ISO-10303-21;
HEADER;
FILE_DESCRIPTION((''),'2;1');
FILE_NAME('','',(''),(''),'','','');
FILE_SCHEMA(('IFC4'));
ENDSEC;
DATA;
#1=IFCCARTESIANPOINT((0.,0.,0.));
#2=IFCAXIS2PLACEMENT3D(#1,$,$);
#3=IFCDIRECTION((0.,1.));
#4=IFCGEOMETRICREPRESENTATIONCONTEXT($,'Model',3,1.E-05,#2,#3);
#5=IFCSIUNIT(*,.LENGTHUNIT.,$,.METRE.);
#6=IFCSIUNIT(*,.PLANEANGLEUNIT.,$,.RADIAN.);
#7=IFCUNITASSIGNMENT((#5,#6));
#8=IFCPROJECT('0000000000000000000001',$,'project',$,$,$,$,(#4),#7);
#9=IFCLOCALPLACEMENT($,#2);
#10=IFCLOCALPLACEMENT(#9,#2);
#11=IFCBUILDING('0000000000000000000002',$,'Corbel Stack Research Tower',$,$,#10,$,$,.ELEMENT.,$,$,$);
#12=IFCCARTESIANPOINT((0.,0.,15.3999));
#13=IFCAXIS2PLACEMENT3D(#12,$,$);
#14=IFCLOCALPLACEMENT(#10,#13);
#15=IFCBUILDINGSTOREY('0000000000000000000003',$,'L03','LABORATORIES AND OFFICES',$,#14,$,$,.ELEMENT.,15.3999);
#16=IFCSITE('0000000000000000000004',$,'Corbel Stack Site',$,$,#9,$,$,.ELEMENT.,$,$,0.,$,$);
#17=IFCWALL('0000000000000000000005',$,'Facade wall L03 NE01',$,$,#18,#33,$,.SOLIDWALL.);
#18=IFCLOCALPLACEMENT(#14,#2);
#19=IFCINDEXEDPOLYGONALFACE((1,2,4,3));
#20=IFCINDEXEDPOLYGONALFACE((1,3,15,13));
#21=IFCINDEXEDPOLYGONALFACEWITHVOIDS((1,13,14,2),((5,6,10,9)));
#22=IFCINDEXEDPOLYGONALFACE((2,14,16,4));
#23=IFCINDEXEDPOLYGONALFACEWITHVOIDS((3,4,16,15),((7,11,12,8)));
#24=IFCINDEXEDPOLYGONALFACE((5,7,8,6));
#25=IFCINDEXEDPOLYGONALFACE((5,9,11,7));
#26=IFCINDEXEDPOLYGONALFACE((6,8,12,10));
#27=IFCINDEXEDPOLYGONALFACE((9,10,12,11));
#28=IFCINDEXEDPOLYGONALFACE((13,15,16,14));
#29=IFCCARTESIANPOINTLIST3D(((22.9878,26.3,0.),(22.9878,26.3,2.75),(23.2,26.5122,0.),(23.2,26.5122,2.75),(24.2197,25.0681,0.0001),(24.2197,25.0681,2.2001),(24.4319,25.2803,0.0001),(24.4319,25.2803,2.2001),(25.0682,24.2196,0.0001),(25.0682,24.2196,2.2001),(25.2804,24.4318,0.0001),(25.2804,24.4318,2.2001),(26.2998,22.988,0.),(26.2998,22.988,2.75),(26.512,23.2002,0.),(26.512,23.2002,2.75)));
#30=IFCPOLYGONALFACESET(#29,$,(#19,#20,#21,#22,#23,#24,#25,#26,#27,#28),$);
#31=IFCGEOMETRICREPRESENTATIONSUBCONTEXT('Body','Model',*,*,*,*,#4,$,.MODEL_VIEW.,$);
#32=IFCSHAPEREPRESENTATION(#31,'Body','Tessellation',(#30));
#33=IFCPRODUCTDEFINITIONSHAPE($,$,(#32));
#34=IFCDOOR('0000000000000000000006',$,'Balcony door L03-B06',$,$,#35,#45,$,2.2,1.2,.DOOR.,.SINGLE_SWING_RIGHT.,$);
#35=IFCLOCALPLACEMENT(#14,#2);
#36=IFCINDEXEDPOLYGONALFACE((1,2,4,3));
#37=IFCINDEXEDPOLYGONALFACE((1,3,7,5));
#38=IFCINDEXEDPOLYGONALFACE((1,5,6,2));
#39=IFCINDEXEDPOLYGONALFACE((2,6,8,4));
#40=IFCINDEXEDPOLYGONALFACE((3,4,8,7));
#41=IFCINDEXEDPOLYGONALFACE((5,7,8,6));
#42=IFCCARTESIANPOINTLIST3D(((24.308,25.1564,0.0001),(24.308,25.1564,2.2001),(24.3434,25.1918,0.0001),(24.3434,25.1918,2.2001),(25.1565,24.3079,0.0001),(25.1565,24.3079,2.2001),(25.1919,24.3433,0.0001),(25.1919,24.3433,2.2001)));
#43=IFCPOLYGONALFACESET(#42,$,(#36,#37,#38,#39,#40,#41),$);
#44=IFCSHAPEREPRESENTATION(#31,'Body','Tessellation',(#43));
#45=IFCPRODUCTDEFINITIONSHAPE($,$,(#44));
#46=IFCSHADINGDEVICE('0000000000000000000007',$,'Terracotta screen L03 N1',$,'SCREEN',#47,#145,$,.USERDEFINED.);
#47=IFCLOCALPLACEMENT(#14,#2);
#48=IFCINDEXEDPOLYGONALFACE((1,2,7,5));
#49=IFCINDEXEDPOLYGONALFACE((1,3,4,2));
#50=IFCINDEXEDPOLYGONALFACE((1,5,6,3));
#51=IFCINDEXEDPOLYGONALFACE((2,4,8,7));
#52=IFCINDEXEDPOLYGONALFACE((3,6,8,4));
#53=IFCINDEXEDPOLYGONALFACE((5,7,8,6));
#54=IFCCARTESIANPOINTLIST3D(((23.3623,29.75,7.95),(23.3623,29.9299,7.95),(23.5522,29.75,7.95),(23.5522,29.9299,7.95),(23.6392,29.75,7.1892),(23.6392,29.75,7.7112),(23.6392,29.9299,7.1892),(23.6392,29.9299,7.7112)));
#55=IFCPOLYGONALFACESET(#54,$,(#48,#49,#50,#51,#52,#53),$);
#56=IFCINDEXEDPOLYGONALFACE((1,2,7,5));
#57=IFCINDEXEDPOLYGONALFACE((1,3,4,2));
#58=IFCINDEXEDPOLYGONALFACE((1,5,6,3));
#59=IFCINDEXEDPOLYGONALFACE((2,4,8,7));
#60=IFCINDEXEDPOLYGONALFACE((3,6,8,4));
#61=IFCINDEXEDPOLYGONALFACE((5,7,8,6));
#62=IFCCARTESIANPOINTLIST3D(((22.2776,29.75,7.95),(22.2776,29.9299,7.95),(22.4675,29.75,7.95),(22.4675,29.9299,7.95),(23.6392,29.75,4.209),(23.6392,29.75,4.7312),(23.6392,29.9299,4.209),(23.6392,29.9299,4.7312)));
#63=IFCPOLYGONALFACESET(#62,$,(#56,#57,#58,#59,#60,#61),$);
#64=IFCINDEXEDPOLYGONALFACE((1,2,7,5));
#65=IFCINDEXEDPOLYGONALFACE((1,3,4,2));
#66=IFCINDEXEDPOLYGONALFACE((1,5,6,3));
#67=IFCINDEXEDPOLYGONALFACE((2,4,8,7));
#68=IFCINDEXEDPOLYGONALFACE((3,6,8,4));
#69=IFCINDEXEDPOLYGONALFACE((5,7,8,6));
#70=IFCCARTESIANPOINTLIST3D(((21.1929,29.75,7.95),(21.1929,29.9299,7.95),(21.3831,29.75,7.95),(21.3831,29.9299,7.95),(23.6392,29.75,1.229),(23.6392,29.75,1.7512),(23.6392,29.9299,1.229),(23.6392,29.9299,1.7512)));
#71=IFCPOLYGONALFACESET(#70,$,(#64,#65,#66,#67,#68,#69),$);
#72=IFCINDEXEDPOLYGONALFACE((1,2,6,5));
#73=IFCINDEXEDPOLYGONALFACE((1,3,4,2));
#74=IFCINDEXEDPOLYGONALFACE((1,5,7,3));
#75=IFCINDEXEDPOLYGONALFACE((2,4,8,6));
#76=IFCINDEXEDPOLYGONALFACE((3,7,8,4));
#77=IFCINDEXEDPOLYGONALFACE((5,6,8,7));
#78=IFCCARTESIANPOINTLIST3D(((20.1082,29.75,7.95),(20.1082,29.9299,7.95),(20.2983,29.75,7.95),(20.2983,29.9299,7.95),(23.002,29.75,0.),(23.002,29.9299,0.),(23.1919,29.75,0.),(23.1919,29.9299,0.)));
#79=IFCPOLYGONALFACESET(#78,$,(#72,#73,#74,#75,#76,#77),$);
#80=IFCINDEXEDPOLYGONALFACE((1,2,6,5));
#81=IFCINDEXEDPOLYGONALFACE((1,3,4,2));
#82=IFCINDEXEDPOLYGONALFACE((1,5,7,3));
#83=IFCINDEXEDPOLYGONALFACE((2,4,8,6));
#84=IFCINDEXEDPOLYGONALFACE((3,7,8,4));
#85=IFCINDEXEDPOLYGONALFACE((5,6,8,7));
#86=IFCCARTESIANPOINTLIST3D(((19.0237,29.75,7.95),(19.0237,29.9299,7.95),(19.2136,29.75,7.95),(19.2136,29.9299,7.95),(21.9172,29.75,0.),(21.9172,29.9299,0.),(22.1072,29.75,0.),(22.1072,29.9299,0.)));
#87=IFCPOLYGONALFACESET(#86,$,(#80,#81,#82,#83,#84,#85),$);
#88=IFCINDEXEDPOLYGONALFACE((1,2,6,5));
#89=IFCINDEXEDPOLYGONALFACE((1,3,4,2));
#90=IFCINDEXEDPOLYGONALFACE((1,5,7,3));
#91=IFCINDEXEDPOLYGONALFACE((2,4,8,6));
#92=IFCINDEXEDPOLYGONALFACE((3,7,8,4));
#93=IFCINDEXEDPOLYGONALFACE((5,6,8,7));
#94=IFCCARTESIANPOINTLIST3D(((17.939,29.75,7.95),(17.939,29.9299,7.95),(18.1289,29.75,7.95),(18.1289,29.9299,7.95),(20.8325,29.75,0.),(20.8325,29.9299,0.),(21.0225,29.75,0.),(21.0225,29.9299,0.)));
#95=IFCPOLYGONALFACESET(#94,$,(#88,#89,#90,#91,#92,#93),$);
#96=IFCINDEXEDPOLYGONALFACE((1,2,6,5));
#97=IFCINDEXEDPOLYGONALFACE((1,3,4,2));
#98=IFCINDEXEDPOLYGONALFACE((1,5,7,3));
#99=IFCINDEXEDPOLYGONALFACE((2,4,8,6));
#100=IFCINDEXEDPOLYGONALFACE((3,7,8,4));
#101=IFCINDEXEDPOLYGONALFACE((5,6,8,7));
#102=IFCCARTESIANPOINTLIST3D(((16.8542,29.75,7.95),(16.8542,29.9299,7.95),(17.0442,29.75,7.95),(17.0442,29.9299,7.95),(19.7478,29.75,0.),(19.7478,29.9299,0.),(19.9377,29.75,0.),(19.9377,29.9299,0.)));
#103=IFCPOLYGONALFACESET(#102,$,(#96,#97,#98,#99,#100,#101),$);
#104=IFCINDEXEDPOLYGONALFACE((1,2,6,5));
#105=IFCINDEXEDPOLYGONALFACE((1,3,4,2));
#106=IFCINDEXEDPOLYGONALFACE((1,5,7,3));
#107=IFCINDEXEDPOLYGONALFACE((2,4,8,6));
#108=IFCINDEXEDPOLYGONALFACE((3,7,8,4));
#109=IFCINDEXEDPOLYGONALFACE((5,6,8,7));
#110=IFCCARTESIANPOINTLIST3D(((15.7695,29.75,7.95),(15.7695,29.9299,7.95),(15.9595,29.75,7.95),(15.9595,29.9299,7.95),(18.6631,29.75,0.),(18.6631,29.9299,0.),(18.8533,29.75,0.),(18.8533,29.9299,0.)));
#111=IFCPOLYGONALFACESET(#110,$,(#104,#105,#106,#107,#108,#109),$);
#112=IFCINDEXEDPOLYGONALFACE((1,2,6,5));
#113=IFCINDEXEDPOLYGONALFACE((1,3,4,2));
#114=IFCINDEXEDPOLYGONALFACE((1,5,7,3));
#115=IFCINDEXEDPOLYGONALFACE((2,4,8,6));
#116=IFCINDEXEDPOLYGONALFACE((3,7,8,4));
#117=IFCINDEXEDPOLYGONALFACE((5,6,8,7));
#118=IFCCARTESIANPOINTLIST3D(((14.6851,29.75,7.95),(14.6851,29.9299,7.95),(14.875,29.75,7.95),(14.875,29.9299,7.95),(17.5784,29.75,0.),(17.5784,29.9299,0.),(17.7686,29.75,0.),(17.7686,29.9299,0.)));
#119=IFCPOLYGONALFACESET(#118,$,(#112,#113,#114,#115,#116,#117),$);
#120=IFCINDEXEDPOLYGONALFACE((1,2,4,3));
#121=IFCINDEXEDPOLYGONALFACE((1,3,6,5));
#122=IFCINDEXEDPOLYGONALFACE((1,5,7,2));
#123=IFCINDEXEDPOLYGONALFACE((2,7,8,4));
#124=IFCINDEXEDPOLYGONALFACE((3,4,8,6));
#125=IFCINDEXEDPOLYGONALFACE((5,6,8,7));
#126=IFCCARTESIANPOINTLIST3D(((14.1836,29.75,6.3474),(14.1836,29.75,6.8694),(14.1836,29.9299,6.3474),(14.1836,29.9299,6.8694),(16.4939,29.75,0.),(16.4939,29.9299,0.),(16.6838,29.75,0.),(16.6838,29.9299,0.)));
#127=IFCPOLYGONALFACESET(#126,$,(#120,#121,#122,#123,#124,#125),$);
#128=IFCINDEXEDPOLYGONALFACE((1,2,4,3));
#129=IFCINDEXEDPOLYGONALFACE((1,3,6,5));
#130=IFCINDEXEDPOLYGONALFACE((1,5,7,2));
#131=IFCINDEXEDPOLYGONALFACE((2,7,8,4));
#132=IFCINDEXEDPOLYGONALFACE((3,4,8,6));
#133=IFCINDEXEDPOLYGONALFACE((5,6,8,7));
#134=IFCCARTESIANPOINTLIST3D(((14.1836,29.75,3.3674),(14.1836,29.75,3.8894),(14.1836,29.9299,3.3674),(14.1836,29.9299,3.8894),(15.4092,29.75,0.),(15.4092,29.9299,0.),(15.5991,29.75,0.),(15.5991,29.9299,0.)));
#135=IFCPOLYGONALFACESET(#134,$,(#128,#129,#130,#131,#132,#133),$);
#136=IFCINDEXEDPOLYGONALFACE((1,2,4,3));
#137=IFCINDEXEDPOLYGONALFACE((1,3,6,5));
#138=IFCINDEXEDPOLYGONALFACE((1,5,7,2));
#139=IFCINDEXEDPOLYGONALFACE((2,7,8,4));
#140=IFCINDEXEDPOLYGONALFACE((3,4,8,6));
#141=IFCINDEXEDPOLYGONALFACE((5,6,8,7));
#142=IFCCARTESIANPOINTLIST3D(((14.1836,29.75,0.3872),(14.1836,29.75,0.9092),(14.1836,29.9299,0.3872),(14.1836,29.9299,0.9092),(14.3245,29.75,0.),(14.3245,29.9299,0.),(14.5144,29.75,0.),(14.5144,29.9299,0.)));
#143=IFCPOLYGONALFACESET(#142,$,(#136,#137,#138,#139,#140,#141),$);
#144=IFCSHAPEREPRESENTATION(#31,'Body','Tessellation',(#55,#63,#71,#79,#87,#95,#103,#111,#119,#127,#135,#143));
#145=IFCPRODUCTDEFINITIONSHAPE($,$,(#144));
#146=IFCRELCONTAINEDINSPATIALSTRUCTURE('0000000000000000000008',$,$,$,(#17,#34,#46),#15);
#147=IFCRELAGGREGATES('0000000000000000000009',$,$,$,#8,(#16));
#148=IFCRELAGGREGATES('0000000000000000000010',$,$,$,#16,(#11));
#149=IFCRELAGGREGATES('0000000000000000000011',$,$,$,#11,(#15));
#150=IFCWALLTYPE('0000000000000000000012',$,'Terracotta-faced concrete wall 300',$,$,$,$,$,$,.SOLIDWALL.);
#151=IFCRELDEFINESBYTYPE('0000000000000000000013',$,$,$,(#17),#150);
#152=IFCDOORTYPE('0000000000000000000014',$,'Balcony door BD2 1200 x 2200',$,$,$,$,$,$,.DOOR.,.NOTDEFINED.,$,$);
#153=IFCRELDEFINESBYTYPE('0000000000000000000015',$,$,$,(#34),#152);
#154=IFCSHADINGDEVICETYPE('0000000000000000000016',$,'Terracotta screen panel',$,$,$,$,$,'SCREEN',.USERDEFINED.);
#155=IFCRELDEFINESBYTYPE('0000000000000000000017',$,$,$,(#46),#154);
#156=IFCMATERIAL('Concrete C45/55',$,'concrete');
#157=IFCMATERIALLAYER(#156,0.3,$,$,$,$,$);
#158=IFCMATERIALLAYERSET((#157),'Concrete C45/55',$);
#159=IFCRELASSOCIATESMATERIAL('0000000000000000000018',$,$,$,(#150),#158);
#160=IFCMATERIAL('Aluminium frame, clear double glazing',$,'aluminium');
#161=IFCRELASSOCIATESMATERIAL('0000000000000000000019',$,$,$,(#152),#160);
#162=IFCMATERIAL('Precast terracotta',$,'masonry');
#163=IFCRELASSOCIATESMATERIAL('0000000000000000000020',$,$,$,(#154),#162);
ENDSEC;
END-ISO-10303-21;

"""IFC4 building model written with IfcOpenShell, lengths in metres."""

from ifc_helpers import new_model, si_unit, direction, frame, frame_2d, origin, place, context, subcontext, project, spatial, polyline, rectangle, outline, extrude, source, transform, mapped, material, layer, layer_set, type_object, element, fill, save


model = new_model("IFC4")

# Units and contexts
model_context = context("Model", 3, precision=1e-05, world=origin(), true_north=direction((0.0, 1.0)))
body_context = subcontext(model_context, "Body", "Model", "MODEL_VIEW")
ifc_project = project(units=[si_unit("LENGTHUNIT", "METRE"), si_unit("PLANEANGLEUNIT", "RADIAN")], contexts=[model_context])

# Site, building, storey
site_placement = place(None, origin())
site = spatial("IfcSite", under=ifc_project, at=site_placement, Name="Corbel Stack Site", CompositionType="ELEMENT", RefElevation=0.0)
building_placement = place(site_placement, origin())
building = spatial("IfcBuilding", under=site, at=building_placement, Name="Corbel Stack Research Tower", CompositionType="ELEMENT")
storey_placement = place(building_placement, frame((0.0, 0.0, 15.3999)))
storey = spatial("IfcBuildingStorey", under=building, at=storey_placement, Name="L03", Description="LABORATORIES AND OFFICES", CompositionType="ELEMENT", Elevation=15.3999)

# Shared definitions
ifc_material_1 = material(Name="Concrete C45/55", Category="concrete")
ifc_layer_1 = layer(ifc_material_1, 0.3)
ifc_layer_set_1 = layer_set([ifc_layer_1], Name="Concrete C45/55")
wall_type_1 = type_object("IfcWallType", Name="Terracotta-faced concrete wall 300", PredefinedType="SOLIDWALL", material=ifc_layer_set_1)

# Wall, opening, door
wall_1_placement = place(storey_placement, frame((23.094, 26.406, 0.0), z_axis=(0.0, 0.0, 1.0), x_axis=(0.707107, -0.707107, 0.0)))
wall_1 = element("IfcWall", 1, at=wall_1_placement, inside=storey, type_object=wall_type_1, Name="Facade wall L03 NE01", PredefinedType="SOLIDWALL", context=body_context, shape_type="SweptSolid", body=[
    extrude(rectangle(XDim=4.6838, YDim=0.3, at=frame_2d((2.3418, 0.0))), origin(), (0.0, 0.0, 1.0), 2.75),
])
opening_1_placement = place(wall_1_placement, frame((1.7419, 0.0, 0.0)))
opening_1 = element("IfcOpeningElement", 2, at=opening_1_placement, cuts=wall_1, PredefinedType="OPENING", context=body_context, shape_type="SweptSolid", body=[
    extrude(rectangle(XDim=1.2, YDim=2.2, at=frame_2d((0.6001, 1.1001))), frame((0.0, 0.1599, 0.0), z_axis=(0.0, -1.0, 0.0), x_axis=(1.0, 0.0, 0.0)), (0.0, 0.0, 1.0), 0.3201),
])
ifc_material_2 = material(Name="Aluminium frame, clear double glazing", Category="aluminium")
door_type_1 = type_object("IfcDoorType", Name="Balcony door BD2 1200 x 2200", OperationType="NOTDEFINED", PredefinedType="DOOR", material=ifc_material_2)
door_1_placement = place(opening_1_placement, origin())
door_1 = element("IfcDoor", 3, at=door_1_placement, inside=storey, type_object=door_type_1, Name="Balcony door L03-B06", OperationType="SINGLE_SWING_RIGHT", OverallHeight=2.2, OverallWidth=1.2, PredefinedType="DOOR", context=body_context, shape_type="SweptSolid", body=[
    extrude(rectangle(XDim=1.2, YDim=2.2, at=frame_2d((0.6001, 1.1001))), frame((0.0, 0.0249, 0.0), z_axis=(0.0, -1.0, 0.0), x_axis=(1.0, 0.0, 0.0)), (0.0, 0.0, 1.0), 0.05),
])
fill(opening_1, door_1)

# Shading device
ifc_material_3 = material(Name="Precast terracotta", Category="masonry")
shading_device_type = type_object("IfcShadingDeviceType", Name="Terracotta screen panel", ElementType="SCREEN", PredefinedType="USERDEFINED", material=ifc_material_3)
shared_shape_1 = source(origin(), body_context, "Body", "SweptSolid", [
    extrude(outline(polyline([(0.2769, 7.95), (0.0869, 7.95), (0.0, 7.7112), (0.0, 7.1892), (0.2769, 7.95)])), frame((0.0, 0.0, 0.0), z_axis=(0.0, -1.0, 0.0), x_axis=(1.0, 0.0, 0.0)), (0.0, 0.0, 1.0), 0.1799),
    extrude(outline(polyline([(1.3616, 7.95), (1.1716, 7.95), (0.0, 4.7312), (0.0, 4.209), (1.3616, 7.95)])), frame((0.0, 0.0, 0.0), z_axis=(0.0, -1.0, 0.0), x_axis=(1.0, 0.0, 0.0)), (0.0, 0.0, 1.0), 0.1799),
    extrude(outline(polyline([(2.4463, 7.95), (2.2561, 7.95), (0.0, 1.7512), (0.0, 1.229), (2.4463, 7.95)])), frame((0.0, 0.0, 0.0), z_axis=(0.0, -1.0, 0.0), x_axis=(1.0, 0.0, 0.0)), (0.0, 0.0, 1.0), 0.1799),
    extrude(outline(polyline([(0.6372, 0.0), (3.531, 7.95), (3.3408, 7.95), (0.4473, 0.0), (0.6372, 0.0)])), frame((0.0, 0.0, 0.0), z_axis=(0.0, -1.0, 0.0), x_axis=(1.0, 0.0, 0.0)), (0.0, 0.0, 1.0), 0.1799),
    extrude(outline(polyline([(1.7219, 0.0), (4.6155, 7.95), (4.4255, 7.95), (1.532, 0.0), (1.7219, 0.0)])), frame((0.0, 0.0, 0.0), z_axis=(0.0, -1.0, 0.0), x_axis=(1.0, 0.0, 0.0)), (0.0, 0.0, 1.0), 0.1799),
    extrude(outline(polyline([(2.8066, 0.0), (5.7002, 7.95), (5.5103, 7.95), (2.6167, 0.0), (2.8066, 0.0)])), frame((0.0, 0.0, 0.0), z_axis=(0.0, -1.0, 0.0), x_axis=(1.0, 0.0, 0.0)), (0.0, 0.0, 1.0), 0.1799),
    extrude(outline(polyline([(3.8914, 0.0), (6.7849, 7.95), (6.595, 7.95), (3.7014, 0.0), (3.8914, 0.0)])), frame((0.0, 0.0, 0.0), z_axis=(0.0, -1.0, 0.0), x_axis=(1.0, 0.0, 0.0)), (0.0, 0.0, 1.0), 0.1799),
    extrude(outline(polyline([(4.9761, 0.0), (7.8696, 7.95), (7.6797, 7.95), (4.7859, 0.0), (4.9761, 0.0)])), frame((0.0, 0.0, 0.0), z_axis=(0.0, -1.0, 0.0), x_axis=(1.0, 0.0, 0.0)), (0.0, 0.0, 1.0), 0.1799),
    extrude(outline(polyline([(6.0608, 0.0), (8.9541, 7.95), (8.7642, 7.95), (5.8706, 0.0), (6.0608, 0.0)])), frame((0.0, 0.0, 0.0), z_axis=(0.0, -1.0, 0.0), x_axis=(1.0, 0.0, 0.0)), (0.0, 0.0, 1.0), 0.1799),
    extrude(outline(polyline([(7.1453, 0.0), (9.4556, 6.3474), (9.4556, 6.8694), (6.9553, 0.0), (7.1453, 0.0)])), frame((0.0, 0.0, 0.0), z_axis=(0.0, -1.0, 0.0), x_axis=(1.0, 0.0, 0.0)), (0.0, 0.0, 1.0), 0.1799),
    extrude(outline(polyline([(8.23, 0.0), (9.4556, 3.3674), (9.4556, 3.8894), (8.04, 0.0), (8.23, 0.0)])), frame((0.0, 0.0, 0.0), z_axis=(0.0, -1.0, 0.0), x_axis=(1.0, 0.0, 0.0)), (0.0, 0.0, 1.0), 0.1799),
    extrude(outline(polyline([(9.3147, 0.0), (9.4556, 0.3872), (9.4556, 0.9092), (9.1248, 0.0), (9.3147, 0.0)])), frame((0.0, 0.0, 0.0), z_axis=(0.0, -1.0, 0.0), x_axis=(1.0, 0.0, 0.0)), (0.0, 0.0, 1.0), 0.1799),
])
shading_device_1_placement = place(storey_placement, frame((23.6392, 29.75, 0.0), z_axis=(0.0, 0.0, 1.0), x_axis=(-1.0, 0.0, 0.0)))
element("IfcShadingDevice", 4, at=shading_device_1_placement, inside=storey, type_object=shading_device_type, Name="Terracotta screen L03 N1", ObjectType="SCREEN", PredefinedType="USERDEFINED", context=body_context, shape_type="MappedRepresentation", body=[
    mapped(shared_shape_1, transform((0.0, 0.0, 0.0))),
])

save(model, "model.ifc")
